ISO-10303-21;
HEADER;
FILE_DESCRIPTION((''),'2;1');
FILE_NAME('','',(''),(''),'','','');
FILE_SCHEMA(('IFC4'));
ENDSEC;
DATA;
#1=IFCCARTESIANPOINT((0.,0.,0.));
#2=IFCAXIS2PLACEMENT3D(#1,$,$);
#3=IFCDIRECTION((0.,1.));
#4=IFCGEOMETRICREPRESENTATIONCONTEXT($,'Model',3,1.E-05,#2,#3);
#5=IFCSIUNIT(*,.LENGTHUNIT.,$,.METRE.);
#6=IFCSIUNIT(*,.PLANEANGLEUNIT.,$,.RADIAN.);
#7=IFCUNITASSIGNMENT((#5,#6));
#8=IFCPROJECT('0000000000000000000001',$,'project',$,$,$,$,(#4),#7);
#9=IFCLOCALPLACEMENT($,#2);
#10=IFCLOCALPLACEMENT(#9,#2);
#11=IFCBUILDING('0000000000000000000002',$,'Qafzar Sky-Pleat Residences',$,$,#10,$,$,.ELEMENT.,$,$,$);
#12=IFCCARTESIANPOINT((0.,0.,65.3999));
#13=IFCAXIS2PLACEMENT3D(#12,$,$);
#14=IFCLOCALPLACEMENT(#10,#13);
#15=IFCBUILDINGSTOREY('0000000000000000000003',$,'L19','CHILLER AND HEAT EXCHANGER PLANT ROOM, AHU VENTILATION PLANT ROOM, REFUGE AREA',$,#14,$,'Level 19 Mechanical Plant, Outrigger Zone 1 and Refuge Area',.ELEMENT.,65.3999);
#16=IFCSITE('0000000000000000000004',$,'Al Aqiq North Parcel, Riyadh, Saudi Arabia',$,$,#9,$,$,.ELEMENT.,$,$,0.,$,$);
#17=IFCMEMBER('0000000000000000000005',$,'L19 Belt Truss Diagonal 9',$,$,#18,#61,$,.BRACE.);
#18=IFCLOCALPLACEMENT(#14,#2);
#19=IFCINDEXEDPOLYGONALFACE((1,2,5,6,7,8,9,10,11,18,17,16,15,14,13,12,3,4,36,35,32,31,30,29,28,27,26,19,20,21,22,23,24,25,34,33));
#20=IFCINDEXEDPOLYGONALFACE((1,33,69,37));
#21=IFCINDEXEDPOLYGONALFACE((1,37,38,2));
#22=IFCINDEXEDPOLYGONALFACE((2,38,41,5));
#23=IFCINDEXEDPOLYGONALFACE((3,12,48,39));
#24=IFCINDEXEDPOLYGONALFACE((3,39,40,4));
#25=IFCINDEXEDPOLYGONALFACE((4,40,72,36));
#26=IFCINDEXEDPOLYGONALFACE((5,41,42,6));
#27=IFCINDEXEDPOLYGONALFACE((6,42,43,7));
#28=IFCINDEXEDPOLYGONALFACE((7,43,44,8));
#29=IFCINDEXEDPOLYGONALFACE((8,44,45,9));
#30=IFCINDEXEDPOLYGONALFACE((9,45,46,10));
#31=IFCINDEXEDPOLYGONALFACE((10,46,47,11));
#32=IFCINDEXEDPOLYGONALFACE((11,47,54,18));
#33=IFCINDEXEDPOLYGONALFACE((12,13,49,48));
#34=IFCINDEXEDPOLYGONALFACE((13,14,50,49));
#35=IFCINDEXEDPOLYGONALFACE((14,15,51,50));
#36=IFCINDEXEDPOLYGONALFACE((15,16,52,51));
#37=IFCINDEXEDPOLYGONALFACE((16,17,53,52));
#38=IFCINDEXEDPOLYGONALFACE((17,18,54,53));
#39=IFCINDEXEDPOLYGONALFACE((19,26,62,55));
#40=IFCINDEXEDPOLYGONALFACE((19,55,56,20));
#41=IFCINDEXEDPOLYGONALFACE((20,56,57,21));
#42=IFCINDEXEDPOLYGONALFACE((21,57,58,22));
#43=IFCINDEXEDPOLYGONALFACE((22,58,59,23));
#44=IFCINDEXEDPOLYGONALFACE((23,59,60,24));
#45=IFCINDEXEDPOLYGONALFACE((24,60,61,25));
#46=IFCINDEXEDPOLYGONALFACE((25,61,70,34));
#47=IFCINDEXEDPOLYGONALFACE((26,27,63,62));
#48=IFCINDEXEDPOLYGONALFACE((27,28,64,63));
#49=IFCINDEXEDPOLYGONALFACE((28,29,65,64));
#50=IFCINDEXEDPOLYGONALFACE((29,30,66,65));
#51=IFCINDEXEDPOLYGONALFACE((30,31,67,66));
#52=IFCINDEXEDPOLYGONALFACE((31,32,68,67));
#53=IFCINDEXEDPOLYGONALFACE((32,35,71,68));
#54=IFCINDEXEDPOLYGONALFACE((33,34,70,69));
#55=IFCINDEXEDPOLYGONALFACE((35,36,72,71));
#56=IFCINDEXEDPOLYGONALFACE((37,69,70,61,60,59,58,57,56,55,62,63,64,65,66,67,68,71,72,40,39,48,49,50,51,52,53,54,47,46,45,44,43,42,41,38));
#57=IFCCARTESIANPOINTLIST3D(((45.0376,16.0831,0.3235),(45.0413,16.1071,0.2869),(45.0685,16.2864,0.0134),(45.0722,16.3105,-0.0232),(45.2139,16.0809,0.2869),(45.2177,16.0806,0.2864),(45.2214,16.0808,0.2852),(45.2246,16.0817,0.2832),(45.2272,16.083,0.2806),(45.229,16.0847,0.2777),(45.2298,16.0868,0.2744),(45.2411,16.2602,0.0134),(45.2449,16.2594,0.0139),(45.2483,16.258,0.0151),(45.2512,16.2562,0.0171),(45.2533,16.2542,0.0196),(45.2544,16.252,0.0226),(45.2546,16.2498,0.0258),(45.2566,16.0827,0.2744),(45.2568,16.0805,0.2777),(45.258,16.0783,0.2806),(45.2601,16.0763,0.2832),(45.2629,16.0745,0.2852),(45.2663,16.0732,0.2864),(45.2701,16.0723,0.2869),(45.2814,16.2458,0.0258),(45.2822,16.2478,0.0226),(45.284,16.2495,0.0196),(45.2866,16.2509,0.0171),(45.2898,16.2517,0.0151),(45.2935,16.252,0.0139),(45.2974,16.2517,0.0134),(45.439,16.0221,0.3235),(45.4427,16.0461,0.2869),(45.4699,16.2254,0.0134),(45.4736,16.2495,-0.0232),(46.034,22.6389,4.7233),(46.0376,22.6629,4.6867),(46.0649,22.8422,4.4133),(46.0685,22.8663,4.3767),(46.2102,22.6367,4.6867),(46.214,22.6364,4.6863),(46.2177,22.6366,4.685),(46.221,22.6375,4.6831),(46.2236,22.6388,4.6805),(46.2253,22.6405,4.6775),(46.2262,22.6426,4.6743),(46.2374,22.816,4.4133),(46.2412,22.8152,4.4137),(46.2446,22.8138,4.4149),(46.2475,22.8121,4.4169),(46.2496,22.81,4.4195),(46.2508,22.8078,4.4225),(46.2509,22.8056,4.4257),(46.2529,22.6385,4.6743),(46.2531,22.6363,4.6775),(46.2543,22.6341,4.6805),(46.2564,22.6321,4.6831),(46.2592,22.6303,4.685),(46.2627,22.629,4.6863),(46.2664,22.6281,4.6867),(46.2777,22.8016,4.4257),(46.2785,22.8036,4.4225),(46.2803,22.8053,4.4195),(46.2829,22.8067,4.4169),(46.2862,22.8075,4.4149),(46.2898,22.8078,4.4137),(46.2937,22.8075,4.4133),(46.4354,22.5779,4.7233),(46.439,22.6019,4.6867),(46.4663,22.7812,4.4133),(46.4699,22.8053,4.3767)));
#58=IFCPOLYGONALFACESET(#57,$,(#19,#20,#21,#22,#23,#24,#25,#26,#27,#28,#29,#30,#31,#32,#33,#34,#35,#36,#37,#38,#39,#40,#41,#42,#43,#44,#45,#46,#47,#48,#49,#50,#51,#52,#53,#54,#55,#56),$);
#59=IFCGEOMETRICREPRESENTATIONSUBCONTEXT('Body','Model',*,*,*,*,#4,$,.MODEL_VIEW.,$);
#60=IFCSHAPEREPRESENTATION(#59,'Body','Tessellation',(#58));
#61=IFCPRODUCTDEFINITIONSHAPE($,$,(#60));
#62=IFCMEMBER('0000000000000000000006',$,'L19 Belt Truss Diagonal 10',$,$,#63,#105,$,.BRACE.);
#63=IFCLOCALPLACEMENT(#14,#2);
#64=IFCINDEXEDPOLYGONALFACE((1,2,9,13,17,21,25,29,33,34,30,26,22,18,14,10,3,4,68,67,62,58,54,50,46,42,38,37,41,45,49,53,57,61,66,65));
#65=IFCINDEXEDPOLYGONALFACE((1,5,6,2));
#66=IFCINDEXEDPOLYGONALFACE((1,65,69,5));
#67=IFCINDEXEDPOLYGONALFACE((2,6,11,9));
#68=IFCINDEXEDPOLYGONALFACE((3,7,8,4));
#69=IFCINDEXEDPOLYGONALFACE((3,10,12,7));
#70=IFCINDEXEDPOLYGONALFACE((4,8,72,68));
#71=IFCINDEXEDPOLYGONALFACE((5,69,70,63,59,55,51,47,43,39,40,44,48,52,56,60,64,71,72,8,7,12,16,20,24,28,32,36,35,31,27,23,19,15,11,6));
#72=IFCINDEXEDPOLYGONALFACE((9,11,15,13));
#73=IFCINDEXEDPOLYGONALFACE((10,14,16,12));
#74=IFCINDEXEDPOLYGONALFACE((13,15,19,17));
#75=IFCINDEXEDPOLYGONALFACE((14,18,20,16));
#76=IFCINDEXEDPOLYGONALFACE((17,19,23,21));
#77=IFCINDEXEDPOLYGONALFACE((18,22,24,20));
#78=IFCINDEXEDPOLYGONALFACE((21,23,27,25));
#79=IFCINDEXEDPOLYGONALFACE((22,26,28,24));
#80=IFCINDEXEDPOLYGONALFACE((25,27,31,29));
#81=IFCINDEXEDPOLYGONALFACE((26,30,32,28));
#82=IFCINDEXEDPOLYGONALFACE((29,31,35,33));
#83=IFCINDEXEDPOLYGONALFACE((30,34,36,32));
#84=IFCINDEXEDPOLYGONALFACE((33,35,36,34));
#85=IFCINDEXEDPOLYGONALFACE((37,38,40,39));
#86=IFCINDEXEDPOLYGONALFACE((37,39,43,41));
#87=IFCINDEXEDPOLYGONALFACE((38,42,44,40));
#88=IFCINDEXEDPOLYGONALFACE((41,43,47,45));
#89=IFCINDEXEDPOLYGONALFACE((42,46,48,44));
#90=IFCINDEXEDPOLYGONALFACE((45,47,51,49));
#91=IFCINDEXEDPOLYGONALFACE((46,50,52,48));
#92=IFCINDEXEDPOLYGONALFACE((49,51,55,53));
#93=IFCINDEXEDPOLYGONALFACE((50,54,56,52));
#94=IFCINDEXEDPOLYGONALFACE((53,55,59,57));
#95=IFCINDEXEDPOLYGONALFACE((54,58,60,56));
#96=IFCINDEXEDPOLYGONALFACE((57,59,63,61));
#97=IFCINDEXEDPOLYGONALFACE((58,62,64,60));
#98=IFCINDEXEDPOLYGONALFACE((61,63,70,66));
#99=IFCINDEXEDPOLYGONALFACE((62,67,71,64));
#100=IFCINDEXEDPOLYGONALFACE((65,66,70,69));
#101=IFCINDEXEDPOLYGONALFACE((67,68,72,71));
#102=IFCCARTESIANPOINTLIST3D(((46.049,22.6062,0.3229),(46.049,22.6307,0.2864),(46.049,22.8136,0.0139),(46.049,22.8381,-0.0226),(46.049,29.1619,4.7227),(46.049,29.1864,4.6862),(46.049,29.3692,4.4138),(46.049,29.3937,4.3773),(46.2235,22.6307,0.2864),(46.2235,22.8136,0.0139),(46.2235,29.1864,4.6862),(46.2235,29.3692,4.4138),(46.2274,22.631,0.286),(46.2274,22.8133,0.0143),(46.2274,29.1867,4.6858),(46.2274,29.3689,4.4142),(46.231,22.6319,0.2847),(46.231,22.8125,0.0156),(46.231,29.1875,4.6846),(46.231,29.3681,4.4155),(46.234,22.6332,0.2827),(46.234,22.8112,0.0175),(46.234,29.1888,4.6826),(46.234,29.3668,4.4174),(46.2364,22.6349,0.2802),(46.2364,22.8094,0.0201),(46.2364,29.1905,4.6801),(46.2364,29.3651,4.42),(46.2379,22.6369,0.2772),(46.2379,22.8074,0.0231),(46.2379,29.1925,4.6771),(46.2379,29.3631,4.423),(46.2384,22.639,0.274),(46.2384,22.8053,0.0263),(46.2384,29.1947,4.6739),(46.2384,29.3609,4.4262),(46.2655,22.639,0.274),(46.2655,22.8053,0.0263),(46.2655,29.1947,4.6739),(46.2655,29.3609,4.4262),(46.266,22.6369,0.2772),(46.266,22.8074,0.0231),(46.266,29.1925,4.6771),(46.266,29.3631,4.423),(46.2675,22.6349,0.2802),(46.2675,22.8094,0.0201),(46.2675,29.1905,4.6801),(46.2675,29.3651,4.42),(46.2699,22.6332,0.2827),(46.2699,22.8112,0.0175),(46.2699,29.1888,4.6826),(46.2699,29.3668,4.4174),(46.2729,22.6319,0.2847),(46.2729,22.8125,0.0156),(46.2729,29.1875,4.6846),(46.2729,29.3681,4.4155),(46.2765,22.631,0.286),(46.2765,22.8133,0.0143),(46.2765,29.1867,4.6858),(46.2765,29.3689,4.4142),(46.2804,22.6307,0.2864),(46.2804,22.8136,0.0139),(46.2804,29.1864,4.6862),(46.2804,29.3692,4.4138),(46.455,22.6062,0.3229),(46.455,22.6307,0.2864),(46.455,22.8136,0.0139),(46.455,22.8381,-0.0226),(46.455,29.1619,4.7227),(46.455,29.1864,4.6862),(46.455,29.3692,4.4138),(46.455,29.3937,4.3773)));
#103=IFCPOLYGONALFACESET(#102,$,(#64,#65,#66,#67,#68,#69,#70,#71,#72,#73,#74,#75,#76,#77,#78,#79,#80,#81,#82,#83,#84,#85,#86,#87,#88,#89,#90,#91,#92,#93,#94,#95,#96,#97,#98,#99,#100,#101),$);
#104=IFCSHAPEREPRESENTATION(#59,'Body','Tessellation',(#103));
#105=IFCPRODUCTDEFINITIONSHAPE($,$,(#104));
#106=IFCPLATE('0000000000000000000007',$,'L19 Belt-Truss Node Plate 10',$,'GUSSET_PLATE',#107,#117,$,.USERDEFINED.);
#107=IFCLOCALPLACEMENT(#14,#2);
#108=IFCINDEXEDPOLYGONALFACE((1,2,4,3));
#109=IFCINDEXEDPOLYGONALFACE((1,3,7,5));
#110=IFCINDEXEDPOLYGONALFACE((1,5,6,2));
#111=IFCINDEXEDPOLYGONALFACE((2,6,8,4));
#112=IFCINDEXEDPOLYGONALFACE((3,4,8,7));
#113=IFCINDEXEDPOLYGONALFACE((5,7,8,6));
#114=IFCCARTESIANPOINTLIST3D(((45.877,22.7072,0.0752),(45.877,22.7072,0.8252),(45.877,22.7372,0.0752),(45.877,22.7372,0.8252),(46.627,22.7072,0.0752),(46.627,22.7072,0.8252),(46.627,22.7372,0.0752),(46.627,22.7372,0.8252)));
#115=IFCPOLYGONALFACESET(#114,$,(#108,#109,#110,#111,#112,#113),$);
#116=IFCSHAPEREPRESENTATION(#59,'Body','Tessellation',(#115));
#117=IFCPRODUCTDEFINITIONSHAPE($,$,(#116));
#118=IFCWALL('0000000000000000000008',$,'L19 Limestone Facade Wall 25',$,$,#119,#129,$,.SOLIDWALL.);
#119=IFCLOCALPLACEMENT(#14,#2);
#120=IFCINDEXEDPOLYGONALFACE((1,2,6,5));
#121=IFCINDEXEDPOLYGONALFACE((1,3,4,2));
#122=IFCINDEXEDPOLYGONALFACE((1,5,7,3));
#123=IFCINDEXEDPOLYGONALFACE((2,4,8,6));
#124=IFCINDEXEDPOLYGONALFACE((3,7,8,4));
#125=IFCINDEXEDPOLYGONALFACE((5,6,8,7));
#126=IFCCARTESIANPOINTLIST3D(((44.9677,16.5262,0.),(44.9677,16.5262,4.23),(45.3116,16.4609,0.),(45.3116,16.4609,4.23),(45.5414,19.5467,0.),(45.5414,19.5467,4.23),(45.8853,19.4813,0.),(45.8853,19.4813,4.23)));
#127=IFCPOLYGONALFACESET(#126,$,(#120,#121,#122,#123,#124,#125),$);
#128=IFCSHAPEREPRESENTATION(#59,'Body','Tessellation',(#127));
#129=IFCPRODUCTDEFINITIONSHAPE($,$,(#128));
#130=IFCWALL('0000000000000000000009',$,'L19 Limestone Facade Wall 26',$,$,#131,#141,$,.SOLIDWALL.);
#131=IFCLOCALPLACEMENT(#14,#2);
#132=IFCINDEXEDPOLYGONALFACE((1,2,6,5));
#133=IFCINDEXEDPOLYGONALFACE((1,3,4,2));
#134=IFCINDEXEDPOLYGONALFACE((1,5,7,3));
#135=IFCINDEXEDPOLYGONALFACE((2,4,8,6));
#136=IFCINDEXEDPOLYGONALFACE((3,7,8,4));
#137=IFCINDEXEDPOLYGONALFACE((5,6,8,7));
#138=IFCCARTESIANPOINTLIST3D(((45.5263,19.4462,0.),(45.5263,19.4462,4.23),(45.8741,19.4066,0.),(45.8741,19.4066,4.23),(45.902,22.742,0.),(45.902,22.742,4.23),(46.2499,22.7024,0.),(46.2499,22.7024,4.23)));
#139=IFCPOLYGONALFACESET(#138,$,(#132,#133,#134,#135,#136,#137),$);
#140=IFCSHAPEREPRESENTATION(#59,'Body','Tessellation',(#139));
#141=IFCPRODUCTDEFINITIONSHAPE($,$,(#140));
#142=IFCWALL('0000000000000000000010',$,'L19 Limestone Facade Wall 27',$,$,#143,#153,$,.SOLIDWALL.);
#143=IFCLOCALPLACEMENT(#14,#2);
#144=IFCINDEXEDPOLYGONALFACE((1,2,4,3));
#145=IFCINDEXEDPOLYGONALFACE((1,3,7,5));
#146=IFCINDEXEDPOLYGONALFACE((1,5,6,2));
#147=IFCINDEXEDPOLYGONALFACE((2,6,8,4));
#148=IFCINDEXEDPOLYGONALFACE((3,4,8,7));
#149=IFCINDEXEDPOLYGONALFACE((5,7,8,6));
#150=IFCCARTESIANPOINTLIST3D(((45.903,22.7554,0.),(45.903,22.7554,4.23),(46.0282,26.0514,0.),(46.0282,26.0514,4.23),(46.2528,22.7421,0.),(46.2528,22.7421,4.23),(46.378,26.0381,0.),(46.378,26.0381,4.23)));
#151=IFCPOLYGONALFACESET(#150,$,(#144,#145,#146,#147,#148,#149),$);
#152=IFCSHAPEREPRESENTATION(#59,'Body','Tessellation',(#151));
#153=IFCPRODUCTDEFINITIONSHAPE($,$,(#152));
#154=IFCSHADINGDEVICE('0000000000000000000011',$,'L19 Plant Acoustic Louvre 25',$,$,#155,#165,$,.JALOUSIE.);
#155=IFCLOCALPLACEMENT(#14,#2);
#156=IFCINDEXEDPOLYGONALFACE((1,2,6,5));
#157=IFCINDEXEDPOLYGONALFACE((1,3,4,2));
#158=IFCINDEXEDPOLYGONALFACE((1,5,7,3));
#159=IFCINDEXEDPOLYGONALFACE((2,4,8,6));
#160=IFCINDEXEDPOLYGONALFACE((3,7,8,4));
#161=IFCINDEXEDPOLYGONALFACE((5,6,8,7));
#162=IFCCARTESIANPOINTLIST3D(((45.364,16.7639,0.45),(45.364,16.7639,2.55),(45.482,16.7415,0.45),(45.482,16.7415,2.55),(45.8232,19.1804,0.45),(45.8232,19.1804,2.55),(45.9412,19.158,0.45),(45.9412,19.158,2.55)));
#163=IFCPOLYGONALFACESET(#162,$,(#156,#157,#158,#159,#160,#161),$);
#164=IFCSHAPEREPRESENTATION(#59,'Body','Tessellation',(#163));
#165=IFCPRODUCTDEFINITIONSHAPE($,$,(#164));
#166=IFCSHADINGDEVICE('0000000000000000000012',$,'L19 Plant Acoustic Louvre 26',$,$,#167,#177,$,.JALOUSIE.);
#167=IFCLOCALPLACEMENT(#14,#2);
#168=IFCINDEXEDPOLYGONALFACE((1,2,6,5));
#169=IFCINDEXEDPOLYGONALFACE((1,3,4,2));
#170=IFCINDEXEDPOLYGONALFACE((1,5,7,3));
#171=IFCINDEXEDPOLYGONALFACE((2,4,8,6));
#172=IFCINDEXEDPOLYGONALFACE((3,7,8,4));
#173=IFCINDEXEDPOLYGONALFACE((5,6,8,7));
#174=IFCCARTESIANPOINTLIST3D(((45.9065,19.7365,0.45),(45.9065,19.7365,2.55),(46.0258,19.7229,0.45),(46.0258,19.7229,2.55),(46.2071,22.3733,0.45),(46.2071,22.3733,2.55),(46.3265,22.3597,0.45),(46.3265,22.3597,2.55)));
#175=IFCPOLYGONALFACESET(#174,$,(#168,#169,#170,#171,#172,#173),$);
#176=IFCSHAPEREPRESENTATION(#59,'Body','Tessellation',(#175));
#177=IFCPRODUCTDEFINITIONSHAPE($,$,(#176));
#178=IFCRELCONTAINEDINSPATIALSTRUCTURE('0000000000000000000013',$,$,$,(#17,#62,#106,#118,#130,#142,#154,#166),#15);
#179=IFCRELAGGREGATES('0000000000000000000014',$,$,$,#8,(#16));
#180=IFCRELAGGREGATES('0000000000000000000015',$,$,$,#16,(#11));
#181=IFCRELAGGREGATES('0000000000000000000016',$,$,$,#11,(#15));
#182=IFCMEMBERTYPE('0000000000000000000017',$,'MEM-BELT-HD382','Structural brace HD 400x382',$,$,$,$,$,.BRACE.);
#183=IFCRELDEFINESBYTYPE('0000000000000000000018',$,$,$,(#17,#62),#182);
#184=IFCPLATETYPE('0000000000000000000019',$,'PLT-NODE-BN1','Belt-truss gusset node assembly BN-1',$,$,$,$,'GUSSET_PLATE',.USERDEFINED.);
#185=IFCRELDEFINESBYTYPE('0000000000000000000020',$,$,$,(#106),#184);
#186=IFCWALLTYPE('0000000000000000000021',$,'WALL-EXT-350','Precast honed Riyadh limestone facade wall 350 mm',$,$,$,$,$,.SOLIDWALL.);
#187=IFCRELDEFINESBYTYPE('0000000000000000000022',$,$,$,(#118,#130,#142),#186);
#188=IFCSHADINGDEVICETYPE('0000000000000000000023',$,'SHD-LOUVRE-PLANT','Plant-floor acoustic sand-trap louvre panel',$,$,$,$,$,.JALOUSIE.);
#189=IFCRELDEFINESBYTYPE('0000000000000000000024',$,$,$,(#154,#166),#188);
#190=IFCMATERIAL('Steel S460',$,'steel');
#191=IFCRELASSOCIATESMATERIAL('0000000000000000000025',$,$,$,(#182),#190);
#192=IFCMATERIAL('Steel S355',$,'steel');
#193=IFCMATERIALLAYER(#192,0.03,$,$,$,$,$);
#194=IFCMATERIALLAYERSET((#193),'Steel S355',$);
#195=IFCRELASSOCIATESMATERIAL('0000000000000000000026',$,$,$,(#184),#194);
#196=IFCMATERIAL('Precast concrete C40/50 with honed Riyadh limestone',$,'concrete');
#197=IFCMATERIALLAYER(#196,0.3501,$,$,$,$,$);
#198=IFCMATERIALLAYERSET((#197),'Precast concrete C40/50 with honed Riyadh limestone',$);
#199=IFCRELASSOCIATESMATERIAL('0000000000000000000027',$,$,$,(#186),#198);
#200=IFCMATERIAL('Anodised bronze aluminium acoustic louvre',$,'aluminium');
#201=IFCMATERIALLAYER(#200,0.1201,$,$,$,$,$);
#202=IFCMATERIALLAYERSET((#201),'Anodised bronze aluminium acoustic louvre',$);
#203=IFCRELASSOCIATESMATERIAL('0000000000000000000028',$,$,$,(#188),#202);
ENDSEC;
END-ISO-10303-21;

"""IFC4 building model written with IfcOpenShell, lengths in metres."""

from ifc_helpers import new_model, si_unit, direction, frame, frame_2d, origin, origin_2d, place, context, subcontext, project, spatial, rectangle, i_section, extrude, source, transform, mapped, material, layer, layer_set, material_profile, profile_set, type_object, element, save


model = new_model("IFC4")

# Units and contexts
model_context = context("Model", 3, precision=1e-05, world=origin(), true_north=direction((0.0, 1.0)))
body_context = subcontext(model_context, "Body", "Model", "MODEL_VIEW")
ifc_project = project(units=[si_unit("LENGTHUNIT", "METRE"), si_unit("PLANEANGLEUNIT", "RADIAN")], contexts=[model_context])

# Site, building, storey
site_placement = place(None, origin())
site = spatial("IfcSite", under=ifc_project, at=site_placement, Name="Al Aqiq North Parcel, Riyadh, Saudi Arabia", CompositionType="ELEMENT", RefElevation=0.0)
building_placement = place(site_placement, origin())
building = spatial("IfcBuilding", under=site, at=building_placement, Name="Qafzar Sky-Pleat Residences", CompositionType="ELEMENT")
storey_placement = place(building_placement, frame((0.0, 0.0, 65.3999)))
storey = spatial("IfcBuildingStorey", under=building, at=storey_placement, Name="L19", Description="CHILLER AND HEAT EXCHANGER PLANT ROOM, AHU VENTILATION PLANT ROOM, REFUGE AREA", LongName="Level 19 Mechanical Plant, Outrigger Zone 1 and Refuge Area", CompositionType="ELEMENT", Elevation=65.3999)

# Shared definitions
ifc_material_1 = material(Name="Steel S460", Category="steel")

# Shared definitions
ifc_material_2 = material(Name="Steel S355", Category="steel")

# Members
ifc_material_profile_1 = material_profile(ifc_material_1, i_section(OverallWidth=0.406, OverallDepth=0.416, WebThickness=0.0271, FlangeThickness=0.0439, FilletRadius=0.0149, at=origin_2d()), Name="HD 400x382")
ifc_profile_set_1 = profile_set([ifc_material_profile_1], Name="Steel S460")
member_type = type_object("IfcMemberType", Name="MEM-BELT-HD382", Description="Structural brace HD 400x382", PredefinedType="BRACE", material=ifc_profile_set_1)
shared_shape_1 = source(origin(), body_context, "Body", "SweptSolid", [
    extrude(i_section(OverallWidth=0.406, OverallDepth=0.416, WebThickness=0.0271, FlangeThickness=0.0439, FilletRadius=0.0149, at=origin_2d()), origin(), (0.0, 0.0, 1.0), 7.958),
])
member_1_placement = place(storey_placement, frame((45.2556, 16.1663, 0.1501), z_axis=(0.125198, 0.823801, 0.552882), x_axis=(-0.988648, 0.15025, 0.0)))
element("IfcMember", 1, at=member_1_placement, inside=storey, type_object=member_type, Name="L19 Belt Truss Diagonal 9", PredefinedType="BRACE", context=body_context, shape_type="MappedRepresentation", body=[
    mapped(shared_shape_1, transform((0.0, 0.0, 0.0), x_axis=(1.0, 0.0, 0.0), y_axis=(0.0, 1.0, 0.0), z_axis=(0.0, 0.0, 1.0), scale=1.0)),
])
shared_shape_2 = source(origin(), body_context, "Body", "SweptSolid", [
    extrude(i_section(OverallWidth=0.406, OverallDepth=0.416, WebThickness=0.0271, FlangeThickness=0.0439, FilletRadius=0.0149, at=origin_2d()), origin(), (0.0, 0.0, 1.0), 7.8953),
])
member_2_placement = place(storey_placement, frame((46.252, 22.7222, 0.1501), z_axis=(0.0, 0.830324, 0.557281), x_axis=(-1.0, 0.0, 0.0)))
element("IfcMember", 2, at=member_2_placement, inside=storey, type_object=member_type, Name="L19 Belt Truss Diagonal 10", PredefinedType="BRACE", context=body_context, shape_type="MappedRepresentation", body=[
    mapped(shared_shape_2, transform((0.0, 0.0, 0.0), x_axis=(1.0, 0.0, 0.0), y_axis=(0.0, 1.0, 0.0), z_axis=(0.0, 0.0, 1.0), scale=1.0)),
])

# Plate
ifc_layer_1 = layer(ifc_material_2, 0.03)
ifc_layer_set_1 = layer_set([ifc_layer_1], Name="Steel S355")
plate_type = type_object("IfcPlateType", Name="PLT-NODE-BN1", Description="Belt-truss gusset node assembly BN-1", ElementType="GUSSET_PLATE", PredefinedType="USERDEFINED", material=ifc_layer_set_1)
shared_shape_3 = source(origin(), body_context, "Body", "SweptSolid", [
    extrude(rectangle(XDim=0.75, YDim=0.03, at=origin_2d()), origin(), (0.0, 0.0, 1.0), 0.75),
])
plate_placement = place(storey_placement, frame((46.252, 22.7222, 0.0752), z_axis=(0.0, 0.0, 1.0), x_axis=(1.0, 0.0, 0.0)))
element("IfcPlate", 3, at=plate_placement, inside=storey, type_object=plate_type, Name="L19 Belt-Truss Node Plate 10", ObjectType="GUSSET_PLATE", PredefinedType="USERDEFINED", context=body_context, shape_type="MappedRepresentation", body=[
    mapped(shared_shape_3, transform((0.0, 0.0, 0.0), x_axis=(1.0, 0.0, 0.0), y_axis=(0.0, 1.0, 0.0), z_axis=(0.0, 0.0, 1.0), scale=1.0)),
])

# Walls
ifc_material_3 = material(Name="Precast concrete C40/50 with honed Riyadh limestone", Category="concrete")
ifc_layer_2 = layer(ifc_material_3, 0.3501)
ifc_layer_set_2 = layer_set([ifc_layer_2], Name="Precast concrete C40/50 with honed Riyadh limestone")
wall_type = type_object("IfcWallType", Name="WALL-EXT-350", Description="Precast honed Riyadh limestone facade wall 350 mm", PredefinedType="SOLIDWALL", material=ifc_layer_set_2)
wall_1_placement = place(storey_placement, frame((45.1396, 16.4937, 0.0), z_axis=(0.0, 0.0, 1.0), x_axis=(0.186609, 0.982434, 0.0)))
element("IfcWall", 4, at=wall_1_placement, inside=storey, type_object=wall_type, Name="L19 Limestone Facade Wall 25", PredefinedType="SOLIDWALL", context=body_context, shape_type="SweptSolid", body=[
    extrude(rectangle(XDim=3.0745, YDim=0.3501, at=frame_2d((1.5371, 0.0))), origin(), (0.0, 0.0, 1.0), 4.23),
])
wall_2_placement = place(storey_placement, frame((45.7002, 19.4263, 0.0), z_axis=(0.0, 0.0, 1.0), x_axis=(0.113266, 0.993565, 0.0)))
element("IfcWall", 5, at=wall_2_placement, inside=storey, type_object=wall_type, Name="L19 Limestone Facade Wall 26", PredefinedType="SOLIDWALL", context=body_context, shape_type="SweptSolid", body=[
    extrude(rectangle(XDim=3.3171, YDim=0.3501, at=frame_2d((1.6587, 0.0))), origin(), (0.0, 0.0, 1.0), 4.23),
])
wall_3_placement = place(storey_placement, frame((46.0779, 22.7488, 0.0), z_axis=(0.0, 0.0, 1.0), x_axis=(0.037973, 0.999279, 0.0)))
element("IfcWall", 6, at=wall_3_placement, inside=storey, type_object=wall_type, Name="L19 Limestone Facade Wall 27", PredefinedType="SOLIDWALL", context=body_context, shape_type="SweptSolid", body=[
    extrude(rectangle(XDim=3.2983, YDim=0.3501, at=frame_2d((1.6492, 0.0))), origin(), (0.0, 0.0, 1.0), 4.23),
])

# Shading devices
ifc_material_4 = material(Name="Anodised bronze aluminium acoustic louvre", Category="aluminium")
ifc_layer_3 = layer(ifc_material_4, 0.1201)
ifc_layer_set_3 = layer_set([ifc_layer_3], Name="Anodised bronze aluminium acoustic louvre")
shading_device_type = type_object("IfcShadingDeviceType", Name="SHD-LOUVRE-PLANT", Description="Plant-floor acoustic sand-trap louvre panel", PredefinedType="JALOUSIE", material=ifc_layer_set_3)
shared_shape_4 = source(origin(), body_context, "Body", "SweptSolid", [
    extrude(rectangle(XDim=2.4597, YDim=0.1201, at=origin_2d()), origin(), (0.0, 0.0, 1.0), 2.1001),
])
shading_device_1_placement = place(storey_placement, frame((45.6526, 17.9609, 0.45), z_axis=(0.0, 0.0, 1.0), x_axis=(0.186662, 0.982424, 0.0)))
element("IfcShadingDevice", 7, at=shading_device_1_placement, inside=storey, type_object=shading_device_type, Name="L19 Plant Acoustic Louvre 25", PredefinedType="JALOUSIE", context=body_context, shape_type="MappedRepresentation", body=[
    mapped(shared_shape_4, transform((0.0, 0.0, 0.0), x_axis=(1.0, 0.0, 0.0), y_axis=(0.0, 1.0, 0.0), z_axis=(0.0, 0.0, 1.0), scale=1.0)),
])
shared_shape_5 = source(origin(), body_context, "Body", "SweptSolid", [
    extrude(rectangle(XDim=2.6538, YDim=0.1201, at=origin_2d()), origin(), (0.0, 0.0, 1.0), 2.1001),
])
shading_device_2_placement = place(storey_placement, frame((46.1165, 21.0481, 0.45), z_axis=(0.0, 0.0, 1.0), x_axis=(0.11329, 0.993562, 0.0)))
element("IfcShadingDevice", 8, at=shading_device_2_placement, inside=storey, type_object=shading_device_type, Name="L19 Plant Acoustic Louvre 26", PredefinedType="JALOUSIE", context=body_context, shape_type="MappedRepresentation", body=[
    mapped(shared_shape_5, transform((0.0, 0.0, 0.0), x_axis=(1.0, 0.0, 0.0), y_axis=(0.0, 1.0, 0.0), z_axis=(0.0, 0.0, 1.0), scale=1.0)),
])

save(model, "model.ifc")
